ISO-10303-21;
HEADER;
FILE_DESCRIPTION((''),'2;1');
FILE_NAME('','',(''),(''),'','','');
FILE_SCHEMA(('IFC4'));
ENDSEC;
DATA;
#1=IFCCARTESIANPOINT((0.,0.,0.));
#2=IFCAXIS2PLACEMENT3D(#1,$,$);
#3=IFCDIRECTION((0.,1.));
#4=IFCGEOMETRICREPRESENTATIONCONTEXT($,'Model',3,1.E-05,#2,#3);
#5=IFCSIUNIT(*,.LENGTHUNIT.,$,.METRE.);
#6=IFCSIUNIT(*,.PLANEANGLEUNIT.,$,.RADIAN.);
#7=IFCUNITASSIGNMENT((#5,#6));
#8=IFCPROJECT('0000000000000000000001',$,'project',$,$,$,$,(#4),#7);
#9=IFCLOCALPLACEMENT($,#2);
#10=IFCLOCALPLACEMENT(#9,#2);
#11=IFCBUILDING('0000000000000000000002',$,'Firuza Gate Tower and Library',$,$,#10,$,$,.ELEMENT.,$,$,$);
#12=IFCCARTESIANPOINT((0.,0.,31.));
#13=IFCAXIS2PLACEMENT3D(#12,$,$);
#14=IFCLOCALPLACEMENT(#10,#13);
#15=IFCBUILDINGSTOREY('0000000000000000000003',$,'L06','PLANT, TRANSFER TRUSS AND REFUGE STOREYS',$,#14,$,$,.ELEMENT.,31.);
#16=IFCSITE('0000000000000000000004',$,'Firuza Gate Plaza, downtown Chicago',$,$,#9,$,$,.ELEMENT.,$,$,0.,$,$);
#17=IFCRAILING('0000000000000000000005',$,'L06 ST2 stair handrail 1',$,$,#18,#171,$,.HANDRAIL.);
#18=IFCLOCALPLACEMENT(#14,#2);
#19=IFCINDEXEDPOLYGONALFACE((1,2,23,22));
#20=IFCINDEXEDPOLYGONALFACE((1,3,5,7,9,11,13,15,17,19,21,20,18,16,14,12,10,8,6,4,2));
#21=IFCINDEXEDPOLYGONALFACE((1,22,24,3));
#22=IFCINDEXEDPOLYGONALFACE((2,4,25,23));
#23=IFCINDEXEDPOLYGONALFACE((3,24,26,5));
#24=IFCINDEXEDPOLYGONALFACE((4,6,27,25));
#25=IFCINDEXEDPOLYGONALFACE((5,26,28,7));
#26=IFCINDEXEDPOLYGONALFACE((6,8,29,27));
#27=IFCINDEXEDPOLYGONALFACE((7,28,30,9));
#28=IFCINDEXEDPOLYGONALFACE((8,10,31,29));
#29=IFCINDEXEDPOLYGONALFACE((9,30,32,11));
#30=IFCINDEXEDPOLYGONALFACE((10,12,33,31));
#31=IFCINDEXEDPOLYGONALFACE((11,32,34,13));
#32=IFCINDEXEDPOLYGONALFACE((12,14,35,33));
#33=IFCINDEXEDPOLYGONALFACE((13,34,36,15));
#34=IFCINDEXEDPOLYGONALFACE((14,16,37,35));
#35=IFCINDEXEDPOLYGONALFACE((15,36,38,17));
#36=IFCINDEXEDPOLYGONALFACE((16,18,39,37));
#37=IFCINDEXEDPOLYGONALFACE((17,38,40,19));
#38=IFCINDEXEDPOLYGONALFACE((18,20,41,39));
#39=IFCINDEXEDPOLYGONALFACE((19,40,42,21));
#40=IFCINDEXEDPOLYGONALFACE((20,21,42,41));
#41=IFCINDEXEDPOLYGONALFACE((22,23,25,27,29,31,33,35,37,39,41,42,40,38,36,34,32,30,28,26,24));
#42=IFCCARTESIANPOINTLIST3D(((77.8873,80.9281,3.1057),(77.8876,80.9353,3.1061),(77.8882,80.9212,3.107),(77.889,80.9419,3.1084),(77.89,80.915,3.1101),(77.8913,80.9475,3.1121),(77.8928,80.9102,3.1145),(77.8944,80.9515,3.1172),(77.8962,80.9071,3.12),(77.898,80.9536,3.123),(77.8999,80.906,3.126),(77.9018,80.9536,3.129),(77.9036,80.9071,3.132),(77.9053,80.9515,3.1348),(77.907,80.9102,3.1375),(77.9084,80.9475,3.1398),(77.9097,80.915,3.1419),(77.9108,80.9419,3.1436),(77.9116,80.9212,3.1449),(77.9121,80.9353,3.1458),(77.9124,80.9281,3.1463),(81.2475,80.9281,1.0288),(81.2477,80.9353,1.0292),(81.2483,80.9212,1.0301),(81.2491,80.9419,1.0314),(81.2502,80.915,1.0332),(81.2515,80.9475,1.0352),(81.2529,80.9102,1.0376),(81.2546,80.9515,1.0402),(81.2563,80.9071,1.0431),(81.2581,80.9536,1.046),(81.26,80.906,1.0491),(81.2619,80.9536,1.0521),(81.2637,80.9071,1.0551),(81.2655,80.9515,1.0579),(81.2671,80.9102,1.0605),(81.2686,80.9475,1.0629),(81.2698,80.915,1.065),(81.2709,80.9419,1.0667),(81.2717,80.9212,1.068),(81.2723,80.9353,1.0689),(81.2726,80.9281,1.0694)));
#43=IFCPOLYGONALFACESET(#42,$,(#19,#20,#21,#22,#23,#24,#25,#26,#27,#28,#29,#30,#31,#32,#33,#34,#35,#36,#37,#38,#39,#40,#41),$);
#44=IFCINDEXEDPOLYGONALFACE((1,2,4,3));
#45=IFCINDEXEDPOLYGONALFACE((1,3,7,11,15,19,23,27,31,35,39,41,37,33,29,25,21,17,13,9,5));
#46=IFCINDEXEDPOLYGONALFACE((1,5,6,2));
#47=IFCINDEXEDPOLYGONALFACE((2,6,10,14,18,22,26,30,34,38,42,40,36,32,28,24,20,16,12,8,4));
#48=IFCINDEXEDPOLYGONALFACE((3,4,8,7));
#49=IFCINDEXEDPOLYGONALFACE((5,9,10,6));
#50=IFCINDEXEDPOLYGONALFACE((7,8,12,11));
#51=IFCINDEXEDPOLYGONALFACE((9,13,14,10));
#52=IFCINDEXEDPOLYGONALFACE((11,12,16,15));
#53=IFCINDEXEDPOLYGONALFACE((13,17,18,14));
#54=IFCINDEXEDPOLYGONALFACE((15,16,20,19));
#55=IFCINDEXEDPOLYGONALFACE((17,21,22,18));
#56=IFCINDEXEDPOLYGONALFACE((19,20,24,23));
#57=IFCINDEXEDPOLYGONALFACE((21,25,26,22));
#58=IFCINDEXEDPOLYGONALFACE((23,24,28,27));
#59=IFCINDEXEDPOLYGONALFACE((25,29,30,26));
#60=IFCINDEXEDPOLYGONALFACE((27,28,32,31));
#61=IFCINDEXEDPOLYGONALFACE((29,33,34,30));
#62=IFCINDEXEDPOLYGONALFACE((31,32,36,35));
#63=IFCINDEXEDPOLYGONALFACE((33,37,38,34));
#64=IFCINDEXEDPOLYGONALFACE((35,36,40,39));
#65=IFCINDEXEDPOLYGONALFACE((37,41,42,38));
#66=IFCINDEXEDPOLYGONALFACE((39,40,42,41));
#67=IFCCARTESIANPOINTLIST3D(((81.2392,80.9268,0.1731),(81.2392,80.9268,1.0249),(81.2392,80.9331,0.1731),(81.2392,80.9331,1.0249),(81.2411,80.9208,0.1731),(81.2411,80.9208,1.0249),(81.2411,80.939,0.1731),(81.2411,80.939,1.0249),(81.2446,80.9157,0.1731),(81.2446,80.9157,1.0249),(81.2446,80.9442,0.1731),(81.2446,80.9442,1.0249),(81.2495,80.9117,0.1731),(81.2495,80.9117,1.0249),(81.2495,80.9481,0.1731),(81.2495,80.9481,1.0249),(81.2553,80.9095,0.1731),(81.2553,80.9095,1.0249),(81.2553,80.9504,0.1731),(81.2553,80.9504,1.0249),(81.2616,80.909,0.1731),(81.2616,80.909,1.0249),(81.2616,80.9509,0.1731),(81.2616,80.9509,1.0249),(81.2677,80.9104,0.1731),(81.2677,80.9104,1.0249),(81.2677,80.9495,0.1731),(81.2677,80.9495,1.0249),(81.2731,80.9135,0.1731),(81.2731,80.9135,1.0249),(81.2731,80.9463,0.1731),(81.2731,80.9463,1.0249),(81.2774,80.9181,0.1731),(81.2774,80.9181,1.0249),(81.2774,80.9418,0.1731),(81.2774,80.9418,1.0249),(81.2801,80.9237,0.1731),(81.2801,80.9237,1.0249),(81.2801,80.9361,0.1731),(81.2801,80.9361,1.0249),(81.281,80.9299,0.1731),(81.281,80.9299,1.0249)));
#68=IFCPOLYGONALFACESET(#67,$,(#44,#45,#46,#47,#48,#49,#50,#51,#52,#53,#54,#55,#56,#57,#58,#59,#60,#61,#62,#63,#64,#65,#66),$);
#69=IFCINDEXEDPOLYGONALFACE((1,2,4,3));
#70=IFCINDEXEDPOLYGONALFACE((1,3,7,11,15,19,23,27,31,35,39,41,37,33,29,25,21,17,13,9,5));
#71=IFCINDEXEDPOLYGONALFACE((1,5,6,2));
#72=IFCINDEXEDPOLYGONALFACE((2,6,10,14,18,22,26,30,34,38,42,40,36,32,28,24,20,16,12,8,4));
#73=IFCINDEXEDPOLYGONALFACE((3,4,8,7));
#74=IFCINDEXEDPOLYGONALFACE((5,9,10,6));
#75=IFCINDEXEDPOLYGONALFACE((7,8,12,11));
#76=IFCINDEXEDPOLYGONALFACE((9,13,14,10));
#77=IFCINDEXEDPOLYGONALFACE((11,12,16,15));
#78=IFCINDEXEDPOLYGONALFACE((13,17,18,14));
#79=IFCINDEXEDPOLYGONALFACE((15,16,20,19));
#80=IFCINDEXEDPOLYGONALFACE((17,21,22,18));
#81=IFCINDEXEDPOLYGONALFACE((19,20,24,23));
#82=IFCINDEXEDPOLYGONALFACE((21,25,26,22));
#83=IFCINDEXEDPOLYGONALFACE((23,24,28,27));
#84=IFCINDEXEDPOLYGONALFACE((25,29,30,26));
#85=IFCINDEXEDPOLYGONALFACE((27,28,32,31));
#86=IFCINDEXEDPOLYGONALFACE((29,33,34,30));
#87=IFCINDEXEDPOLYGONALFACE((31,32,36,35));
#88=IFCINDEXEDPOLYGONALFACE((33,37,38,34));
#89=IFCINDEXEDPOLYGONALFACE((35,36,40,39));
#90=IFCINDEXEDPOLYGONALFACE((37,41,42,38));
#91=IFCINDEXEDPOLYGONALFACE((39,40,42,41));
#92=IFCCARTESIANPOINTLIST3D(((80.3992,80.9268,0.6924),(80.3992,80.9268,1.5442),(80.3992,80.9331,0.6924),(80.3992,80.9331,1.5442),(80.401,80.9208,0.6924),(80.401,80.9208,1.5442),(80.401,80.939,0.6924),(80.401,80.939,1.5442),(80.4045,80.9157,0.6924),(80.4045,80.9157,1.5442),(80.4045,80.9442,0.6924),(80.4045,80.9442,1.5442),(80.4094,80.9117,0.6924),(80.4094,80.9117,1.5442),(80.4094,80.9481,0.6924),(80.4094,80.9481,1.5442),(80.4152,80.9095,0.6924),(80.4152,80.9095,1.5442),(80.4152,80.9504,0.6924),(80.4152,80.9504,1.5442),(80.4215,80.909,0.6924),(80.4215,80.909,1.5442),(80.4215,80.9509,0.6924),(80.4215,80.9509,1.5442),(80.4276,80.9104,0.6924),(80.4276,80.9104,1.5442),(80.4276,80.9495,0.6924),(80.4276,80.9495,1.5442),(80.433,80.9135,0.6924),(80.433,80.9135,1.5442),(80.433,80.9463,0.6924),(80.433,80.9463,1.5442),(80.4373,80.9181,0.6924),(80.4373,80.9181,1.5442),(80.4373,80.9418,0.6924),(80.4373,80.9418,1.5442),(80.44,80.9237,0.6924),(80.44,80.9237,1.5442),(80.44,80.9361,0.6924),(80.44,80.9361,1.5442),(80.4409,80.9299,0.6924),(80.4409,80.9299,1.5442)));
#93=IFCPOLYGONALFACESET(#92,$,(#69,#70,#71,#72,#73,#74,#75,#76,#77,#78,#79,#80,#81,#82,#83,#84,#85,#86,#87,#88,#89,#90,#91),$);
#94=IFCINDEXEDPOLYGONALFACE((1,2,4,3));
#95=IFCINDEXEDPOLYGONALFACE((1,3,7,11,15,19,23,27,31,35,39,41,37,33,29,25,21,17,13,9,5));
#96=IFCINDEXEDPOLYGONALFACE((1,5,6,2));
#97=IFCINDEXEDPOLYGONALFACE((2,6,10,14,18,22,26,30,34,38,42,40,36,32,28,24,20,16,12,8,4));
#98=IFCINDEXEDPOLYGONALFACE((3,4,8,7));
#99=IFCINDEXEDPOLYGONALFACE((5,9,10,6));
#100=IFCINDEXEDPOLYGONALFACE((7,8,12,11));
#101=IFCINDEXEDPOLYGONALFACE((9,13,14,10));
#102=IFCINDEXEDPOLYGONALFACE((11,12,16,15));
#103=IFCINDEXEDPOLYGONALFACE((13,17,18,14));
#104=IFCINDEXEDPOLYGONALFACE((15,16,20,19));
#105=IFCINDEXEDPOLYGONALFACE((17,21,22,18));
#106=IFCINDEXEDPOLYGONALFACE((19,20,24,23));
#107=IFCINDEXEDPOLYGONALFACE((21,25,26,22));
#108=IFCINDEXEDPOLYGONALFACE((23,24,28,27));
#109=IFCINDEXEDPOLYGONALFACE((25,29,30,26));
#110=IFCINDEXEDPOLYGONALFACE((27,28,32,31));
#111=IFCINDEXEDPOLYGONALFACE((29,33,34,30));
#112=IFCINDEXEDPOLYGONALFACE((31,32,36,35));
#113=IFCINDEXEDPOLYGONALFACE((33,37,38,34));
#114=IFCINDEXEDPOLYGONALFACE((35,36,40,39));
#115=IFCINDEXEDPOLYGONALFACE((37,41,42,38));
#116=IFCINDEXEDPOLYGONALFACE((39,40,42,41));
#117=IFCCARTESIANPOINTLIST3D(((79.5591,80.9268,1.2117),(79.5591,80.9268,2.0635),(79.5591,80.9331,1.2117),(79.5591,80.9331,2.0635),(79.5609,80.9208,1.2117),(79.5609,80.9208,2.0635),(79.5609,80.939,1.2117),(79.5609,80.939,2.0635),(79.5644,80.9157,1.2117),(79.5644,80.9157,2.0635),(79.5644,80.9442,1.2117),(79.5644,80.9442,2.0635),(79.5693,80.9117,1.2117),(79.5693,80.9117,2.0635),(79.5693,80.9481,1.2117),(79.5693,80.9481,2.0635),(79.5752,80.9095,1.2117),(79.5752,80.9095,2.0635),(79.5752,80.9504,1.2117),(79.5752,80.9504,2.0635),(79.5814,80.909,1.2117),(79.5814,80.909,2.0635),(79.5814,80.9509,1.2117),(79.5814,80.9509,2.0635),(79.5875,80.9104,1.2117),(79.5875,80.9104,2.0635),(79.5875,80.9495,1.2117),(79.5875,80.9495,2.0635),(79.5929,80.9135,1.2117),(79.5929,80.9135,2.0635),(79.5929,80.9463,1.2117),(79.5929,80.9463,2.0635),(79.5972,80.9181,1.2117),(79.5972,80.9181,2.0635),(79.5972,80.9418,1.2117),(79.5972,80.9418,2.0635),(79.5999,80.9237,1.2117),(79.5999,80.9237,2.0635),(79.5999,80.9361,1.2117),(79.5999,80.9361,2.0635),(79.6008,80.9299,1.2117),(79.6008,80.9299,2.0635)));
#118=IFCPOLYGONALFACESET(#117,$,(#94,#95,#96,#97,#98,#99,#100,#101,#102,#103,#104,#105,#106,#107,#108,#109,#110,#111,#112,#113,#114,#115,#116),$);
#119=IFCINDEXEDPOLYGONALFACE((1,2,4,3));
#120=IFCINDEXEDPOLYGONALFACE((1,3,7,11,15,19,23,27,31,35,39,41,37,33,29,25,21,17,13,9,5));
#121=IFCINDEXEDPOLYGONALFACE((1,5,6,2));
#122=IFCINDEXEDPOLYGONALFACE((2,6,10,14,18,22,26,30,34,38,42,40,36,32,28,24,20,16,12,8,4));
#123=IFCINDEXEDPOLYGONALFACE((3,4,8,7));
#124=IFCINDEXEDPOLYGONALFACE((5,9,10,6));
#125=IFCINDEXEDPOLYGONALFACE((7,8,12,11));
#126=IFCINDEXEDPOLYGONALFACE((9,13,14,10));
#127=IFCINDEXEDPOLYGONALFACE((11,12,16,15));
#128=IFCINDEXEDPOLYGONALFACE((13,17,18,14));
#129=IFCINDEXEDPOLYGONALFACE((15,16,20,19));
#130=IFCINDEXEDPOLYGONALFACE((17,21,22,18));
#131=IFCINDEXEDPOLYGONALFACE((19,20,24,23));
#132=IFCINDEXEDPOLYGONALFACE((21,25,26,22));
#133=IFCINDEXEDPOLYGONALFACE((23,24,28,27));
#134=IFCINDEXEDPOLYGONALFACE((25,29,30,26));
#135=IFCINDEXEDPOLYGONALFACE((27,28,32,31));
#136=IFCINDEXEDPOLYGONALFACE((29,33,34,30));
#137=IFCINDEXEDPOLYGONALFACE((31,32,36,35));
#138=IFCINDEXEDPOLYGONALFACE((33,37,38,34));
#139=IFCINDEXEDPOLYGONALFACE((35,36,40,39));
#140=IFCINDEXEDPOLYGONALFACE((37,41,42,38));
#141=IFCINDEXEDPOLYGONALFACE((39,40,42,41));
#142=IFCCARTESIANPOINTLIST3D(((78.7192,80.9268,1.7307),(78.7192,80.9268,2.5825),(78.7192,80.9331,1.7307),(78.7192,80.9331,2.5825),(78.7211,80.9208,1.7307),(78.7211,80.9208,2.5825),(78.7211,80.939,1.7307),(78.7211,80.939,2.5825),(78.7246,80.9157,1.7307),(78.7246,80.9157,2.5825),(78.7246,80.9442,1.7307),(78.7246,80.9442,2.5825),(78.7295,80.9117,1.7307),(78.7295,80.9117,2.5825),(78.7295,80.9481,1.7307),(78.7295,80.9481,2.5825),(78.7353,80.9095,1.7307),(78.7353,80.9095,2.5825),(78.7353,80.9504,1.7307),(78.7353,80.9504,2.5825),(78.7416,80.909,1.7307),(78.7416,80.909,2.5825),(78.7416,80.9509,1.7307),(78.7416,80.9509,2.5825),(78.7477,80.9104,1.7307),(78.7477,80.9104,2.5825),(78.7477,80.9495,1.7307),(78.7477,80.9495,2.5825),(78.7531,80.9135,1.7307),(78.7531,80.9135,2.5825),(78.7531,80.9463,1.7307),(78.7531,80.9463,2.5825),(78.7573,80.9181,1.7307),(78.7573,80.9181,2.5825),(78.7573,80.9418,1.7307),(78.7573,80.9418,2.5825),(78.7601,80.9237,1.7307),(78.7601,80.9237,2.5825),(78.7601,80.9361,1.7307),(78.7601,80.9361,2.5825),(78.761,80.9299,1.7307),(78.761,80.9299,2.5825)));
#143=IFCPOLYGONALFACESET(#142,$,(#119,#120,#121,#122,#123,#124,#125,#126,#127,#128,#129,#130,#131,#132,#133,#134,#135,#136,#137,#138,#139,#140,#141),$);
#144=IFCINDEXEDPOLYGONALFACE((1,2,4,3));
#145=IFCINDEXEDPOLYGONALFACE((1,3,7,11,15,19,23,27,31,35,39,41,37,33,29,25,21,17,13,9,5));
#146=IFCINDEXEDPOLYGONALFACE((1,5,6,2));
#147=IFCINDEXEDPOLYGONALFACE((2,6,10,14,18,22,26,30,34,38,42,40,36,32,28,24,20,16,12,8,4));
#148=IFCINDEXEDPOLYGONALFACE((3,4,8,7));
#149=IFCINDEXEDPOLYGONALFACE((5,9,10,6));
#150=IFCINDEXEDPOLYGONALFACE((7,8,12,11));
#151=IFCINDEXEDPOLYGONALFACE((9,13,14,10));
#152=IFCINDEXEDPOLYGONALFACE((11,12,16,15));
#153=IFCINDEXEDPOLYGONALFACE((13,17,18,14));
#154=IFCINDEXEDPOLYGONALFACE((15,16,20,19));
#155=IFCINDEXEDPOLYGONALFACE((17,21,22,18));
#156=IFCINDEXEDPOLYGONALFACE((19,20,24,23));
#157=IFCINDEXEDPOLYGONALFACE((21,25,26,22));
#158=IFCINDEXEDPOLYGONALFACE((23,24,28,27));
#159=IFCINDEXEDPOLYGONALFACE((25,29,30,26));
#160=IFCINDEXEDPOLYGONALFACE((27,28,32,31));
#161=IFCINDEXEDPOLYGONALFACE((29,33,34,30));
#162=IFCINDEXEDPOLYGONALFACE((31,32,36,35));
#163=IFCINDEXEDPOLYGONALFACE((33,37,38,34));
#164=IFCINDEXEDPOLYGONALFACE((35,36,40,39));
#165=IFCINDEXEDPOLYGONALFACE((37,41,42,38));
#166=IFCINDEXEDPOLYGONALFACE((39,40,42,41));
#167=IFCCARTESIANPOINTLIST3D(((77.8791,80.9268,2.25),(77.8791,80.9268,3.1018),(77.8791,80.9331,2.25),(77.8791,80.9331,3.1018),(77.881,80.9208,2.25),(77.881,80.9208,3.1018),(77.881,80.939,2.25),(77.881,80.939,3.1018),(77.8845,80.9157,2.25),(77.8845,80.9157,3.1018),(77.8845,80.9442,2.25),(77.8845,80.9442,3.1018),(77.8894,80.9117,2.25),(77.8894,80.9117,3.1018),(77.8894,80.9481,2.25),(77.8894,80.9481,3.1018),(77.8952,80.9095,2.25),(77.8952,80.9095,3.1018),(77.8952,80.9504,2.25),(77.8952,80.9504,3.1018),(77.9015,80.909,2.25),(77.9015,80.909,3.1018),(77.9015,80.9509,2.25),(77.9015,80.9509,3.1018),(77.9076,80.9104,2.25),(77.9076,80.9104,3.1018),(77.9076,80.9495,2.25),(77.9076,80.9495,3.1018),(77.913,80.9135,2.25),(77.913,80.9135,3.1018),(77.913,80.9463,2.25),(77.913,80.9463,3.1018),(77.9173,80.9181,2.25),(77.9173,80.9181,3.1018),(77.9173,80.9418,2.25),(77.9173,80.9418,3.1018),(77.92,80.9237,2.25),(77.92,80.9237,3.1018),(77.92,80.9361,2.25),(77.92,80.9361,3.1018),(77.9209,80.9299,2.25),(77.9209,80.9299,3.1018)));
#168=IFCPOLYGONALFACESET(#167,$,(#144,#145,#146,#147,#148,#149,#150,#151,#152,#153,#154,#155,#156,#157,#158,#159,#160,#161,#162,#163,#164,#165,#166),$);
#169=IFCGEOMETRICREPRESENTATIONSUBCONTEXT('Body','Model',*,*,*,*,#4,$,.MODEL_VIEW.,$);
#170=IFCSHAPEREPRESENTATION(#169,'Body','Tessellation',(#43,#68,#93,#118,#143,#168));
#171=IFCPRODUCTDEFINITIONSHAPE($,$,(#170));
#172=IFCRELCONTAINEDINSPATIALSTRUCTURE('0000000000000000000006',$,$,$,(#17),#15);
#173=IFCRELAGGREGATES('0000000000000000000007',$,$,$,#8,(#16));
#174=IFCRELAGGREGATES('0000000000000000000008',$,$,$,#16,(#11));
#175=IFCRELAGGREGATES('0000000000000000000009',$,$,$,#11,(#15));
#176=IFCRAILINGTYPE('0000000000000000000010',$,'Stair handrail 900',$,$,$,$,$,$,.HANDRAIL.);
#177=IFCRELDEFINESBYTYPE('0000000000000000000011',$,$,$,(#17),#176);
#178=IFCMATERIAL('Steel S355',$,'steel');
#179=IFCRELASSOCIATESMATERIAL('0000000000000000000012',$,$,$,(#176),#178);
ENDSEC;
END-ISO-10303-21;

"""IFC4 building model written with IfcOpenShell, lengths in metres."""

from ifc_helpers import new_model, si_unit, direction, frame, origin, origin_2d, place, context, subcontext, project, spatial, circle, extrude, material, type_object, element, save


model = new_model("IFC4")

# Units and contexts
model_context = context("Model", 3, precision=1e-05, world=origin(), true_north=direction((0.0, 1.0)))
body_context = subcontext(model_context, "Body", "Model", "MODEL_VIEW")
ifc_project = project(units=[si_unit("LENGTHUNIT", "METRE"), si_unit("PLANEANGLEUNIT", "RADIAN")], contexts=[model_context])

# Site, building, storey
site_placement = place(None, origin())
site = spatial("IfcSite", under=ifc_project, at=site_placement, Name="Firuza Gate Plaza, downtown Chicago", CompositionType="ELEMENT", RefElevation=0.0)
building_placement = place(site_placement, origin())
building = spatial("IfcBuilding", under=site, at=building_placement, Name="Firuza Gate Tower and Library", CompositionType="ELEMENT")
storey_placement = place(building_placement, frame((0.0, 0.0, 31.0)))
storey = spatial("IfcBuildingStorey", under=building, at=storey_placement, Name="L06", Description="PLANT, TRANSFER TRUSS AND REFUGE STOREYS", CompositionType="ELEMENT", Elevation=31.0)

# Railing
ifc_material_1 = material(Name="Steel S355", Category="steel")
railing_type = type_object("IfcRailingType", Name="Stair handrail 900", PredefinedType="HANDRAIL", material=ifc_material_1)
railing_1_placement = place(storey_placement, frame((81.26, 80.9299, 0.1731)))
element("IfcRailing", 1, at=railing_1_placement, inside=storey, type_object=railing_type, Name="L06 ST2 stair handrail 1", PredefinedType="HANDRAIL", context=body_context, shape_type="SweptSolid", body=[
    extrude(circle(Radius=0.0239, at=origin_2d()), frame((0.0, 0.0, 0.876), z_axis=(-0.850623, 0.0, 0.525776), x_axis=(0.0, -1.0, 0.0)), (0.0, 0.0, 1.0), 3.9502),
    extrude(circle(Radius=0.021, at=origin_2d()), origin(), (0.0, 0.0, 1.0), 0.8518),
    extrude(circle(Radius=0.021, at=origin_2d()), frame((-0.8401, 0.0, 0.5193)), (0.0, 0.0, 1.0), 0.8518),
    extrude(circle(Radius=0.021, at=origin_2d()), frame((-1.6802, 0.0, 1.0386)), (0.0, 0.0, 1.0), 0.8518),
    extrude(circle(Radius=0.021, at=origin_2d()), frame((-2.52, 0.0, 1.5576)), (0.0, 0.0, 1.0), 0.8518),
    extrude(circle(Radius=0.021, at=origin_2d()), frame((-3.3601, 0.0, 2.0769)), (0.0, 0.0, 1.0), 0.8518),
])

save(model, "model.ifc")
